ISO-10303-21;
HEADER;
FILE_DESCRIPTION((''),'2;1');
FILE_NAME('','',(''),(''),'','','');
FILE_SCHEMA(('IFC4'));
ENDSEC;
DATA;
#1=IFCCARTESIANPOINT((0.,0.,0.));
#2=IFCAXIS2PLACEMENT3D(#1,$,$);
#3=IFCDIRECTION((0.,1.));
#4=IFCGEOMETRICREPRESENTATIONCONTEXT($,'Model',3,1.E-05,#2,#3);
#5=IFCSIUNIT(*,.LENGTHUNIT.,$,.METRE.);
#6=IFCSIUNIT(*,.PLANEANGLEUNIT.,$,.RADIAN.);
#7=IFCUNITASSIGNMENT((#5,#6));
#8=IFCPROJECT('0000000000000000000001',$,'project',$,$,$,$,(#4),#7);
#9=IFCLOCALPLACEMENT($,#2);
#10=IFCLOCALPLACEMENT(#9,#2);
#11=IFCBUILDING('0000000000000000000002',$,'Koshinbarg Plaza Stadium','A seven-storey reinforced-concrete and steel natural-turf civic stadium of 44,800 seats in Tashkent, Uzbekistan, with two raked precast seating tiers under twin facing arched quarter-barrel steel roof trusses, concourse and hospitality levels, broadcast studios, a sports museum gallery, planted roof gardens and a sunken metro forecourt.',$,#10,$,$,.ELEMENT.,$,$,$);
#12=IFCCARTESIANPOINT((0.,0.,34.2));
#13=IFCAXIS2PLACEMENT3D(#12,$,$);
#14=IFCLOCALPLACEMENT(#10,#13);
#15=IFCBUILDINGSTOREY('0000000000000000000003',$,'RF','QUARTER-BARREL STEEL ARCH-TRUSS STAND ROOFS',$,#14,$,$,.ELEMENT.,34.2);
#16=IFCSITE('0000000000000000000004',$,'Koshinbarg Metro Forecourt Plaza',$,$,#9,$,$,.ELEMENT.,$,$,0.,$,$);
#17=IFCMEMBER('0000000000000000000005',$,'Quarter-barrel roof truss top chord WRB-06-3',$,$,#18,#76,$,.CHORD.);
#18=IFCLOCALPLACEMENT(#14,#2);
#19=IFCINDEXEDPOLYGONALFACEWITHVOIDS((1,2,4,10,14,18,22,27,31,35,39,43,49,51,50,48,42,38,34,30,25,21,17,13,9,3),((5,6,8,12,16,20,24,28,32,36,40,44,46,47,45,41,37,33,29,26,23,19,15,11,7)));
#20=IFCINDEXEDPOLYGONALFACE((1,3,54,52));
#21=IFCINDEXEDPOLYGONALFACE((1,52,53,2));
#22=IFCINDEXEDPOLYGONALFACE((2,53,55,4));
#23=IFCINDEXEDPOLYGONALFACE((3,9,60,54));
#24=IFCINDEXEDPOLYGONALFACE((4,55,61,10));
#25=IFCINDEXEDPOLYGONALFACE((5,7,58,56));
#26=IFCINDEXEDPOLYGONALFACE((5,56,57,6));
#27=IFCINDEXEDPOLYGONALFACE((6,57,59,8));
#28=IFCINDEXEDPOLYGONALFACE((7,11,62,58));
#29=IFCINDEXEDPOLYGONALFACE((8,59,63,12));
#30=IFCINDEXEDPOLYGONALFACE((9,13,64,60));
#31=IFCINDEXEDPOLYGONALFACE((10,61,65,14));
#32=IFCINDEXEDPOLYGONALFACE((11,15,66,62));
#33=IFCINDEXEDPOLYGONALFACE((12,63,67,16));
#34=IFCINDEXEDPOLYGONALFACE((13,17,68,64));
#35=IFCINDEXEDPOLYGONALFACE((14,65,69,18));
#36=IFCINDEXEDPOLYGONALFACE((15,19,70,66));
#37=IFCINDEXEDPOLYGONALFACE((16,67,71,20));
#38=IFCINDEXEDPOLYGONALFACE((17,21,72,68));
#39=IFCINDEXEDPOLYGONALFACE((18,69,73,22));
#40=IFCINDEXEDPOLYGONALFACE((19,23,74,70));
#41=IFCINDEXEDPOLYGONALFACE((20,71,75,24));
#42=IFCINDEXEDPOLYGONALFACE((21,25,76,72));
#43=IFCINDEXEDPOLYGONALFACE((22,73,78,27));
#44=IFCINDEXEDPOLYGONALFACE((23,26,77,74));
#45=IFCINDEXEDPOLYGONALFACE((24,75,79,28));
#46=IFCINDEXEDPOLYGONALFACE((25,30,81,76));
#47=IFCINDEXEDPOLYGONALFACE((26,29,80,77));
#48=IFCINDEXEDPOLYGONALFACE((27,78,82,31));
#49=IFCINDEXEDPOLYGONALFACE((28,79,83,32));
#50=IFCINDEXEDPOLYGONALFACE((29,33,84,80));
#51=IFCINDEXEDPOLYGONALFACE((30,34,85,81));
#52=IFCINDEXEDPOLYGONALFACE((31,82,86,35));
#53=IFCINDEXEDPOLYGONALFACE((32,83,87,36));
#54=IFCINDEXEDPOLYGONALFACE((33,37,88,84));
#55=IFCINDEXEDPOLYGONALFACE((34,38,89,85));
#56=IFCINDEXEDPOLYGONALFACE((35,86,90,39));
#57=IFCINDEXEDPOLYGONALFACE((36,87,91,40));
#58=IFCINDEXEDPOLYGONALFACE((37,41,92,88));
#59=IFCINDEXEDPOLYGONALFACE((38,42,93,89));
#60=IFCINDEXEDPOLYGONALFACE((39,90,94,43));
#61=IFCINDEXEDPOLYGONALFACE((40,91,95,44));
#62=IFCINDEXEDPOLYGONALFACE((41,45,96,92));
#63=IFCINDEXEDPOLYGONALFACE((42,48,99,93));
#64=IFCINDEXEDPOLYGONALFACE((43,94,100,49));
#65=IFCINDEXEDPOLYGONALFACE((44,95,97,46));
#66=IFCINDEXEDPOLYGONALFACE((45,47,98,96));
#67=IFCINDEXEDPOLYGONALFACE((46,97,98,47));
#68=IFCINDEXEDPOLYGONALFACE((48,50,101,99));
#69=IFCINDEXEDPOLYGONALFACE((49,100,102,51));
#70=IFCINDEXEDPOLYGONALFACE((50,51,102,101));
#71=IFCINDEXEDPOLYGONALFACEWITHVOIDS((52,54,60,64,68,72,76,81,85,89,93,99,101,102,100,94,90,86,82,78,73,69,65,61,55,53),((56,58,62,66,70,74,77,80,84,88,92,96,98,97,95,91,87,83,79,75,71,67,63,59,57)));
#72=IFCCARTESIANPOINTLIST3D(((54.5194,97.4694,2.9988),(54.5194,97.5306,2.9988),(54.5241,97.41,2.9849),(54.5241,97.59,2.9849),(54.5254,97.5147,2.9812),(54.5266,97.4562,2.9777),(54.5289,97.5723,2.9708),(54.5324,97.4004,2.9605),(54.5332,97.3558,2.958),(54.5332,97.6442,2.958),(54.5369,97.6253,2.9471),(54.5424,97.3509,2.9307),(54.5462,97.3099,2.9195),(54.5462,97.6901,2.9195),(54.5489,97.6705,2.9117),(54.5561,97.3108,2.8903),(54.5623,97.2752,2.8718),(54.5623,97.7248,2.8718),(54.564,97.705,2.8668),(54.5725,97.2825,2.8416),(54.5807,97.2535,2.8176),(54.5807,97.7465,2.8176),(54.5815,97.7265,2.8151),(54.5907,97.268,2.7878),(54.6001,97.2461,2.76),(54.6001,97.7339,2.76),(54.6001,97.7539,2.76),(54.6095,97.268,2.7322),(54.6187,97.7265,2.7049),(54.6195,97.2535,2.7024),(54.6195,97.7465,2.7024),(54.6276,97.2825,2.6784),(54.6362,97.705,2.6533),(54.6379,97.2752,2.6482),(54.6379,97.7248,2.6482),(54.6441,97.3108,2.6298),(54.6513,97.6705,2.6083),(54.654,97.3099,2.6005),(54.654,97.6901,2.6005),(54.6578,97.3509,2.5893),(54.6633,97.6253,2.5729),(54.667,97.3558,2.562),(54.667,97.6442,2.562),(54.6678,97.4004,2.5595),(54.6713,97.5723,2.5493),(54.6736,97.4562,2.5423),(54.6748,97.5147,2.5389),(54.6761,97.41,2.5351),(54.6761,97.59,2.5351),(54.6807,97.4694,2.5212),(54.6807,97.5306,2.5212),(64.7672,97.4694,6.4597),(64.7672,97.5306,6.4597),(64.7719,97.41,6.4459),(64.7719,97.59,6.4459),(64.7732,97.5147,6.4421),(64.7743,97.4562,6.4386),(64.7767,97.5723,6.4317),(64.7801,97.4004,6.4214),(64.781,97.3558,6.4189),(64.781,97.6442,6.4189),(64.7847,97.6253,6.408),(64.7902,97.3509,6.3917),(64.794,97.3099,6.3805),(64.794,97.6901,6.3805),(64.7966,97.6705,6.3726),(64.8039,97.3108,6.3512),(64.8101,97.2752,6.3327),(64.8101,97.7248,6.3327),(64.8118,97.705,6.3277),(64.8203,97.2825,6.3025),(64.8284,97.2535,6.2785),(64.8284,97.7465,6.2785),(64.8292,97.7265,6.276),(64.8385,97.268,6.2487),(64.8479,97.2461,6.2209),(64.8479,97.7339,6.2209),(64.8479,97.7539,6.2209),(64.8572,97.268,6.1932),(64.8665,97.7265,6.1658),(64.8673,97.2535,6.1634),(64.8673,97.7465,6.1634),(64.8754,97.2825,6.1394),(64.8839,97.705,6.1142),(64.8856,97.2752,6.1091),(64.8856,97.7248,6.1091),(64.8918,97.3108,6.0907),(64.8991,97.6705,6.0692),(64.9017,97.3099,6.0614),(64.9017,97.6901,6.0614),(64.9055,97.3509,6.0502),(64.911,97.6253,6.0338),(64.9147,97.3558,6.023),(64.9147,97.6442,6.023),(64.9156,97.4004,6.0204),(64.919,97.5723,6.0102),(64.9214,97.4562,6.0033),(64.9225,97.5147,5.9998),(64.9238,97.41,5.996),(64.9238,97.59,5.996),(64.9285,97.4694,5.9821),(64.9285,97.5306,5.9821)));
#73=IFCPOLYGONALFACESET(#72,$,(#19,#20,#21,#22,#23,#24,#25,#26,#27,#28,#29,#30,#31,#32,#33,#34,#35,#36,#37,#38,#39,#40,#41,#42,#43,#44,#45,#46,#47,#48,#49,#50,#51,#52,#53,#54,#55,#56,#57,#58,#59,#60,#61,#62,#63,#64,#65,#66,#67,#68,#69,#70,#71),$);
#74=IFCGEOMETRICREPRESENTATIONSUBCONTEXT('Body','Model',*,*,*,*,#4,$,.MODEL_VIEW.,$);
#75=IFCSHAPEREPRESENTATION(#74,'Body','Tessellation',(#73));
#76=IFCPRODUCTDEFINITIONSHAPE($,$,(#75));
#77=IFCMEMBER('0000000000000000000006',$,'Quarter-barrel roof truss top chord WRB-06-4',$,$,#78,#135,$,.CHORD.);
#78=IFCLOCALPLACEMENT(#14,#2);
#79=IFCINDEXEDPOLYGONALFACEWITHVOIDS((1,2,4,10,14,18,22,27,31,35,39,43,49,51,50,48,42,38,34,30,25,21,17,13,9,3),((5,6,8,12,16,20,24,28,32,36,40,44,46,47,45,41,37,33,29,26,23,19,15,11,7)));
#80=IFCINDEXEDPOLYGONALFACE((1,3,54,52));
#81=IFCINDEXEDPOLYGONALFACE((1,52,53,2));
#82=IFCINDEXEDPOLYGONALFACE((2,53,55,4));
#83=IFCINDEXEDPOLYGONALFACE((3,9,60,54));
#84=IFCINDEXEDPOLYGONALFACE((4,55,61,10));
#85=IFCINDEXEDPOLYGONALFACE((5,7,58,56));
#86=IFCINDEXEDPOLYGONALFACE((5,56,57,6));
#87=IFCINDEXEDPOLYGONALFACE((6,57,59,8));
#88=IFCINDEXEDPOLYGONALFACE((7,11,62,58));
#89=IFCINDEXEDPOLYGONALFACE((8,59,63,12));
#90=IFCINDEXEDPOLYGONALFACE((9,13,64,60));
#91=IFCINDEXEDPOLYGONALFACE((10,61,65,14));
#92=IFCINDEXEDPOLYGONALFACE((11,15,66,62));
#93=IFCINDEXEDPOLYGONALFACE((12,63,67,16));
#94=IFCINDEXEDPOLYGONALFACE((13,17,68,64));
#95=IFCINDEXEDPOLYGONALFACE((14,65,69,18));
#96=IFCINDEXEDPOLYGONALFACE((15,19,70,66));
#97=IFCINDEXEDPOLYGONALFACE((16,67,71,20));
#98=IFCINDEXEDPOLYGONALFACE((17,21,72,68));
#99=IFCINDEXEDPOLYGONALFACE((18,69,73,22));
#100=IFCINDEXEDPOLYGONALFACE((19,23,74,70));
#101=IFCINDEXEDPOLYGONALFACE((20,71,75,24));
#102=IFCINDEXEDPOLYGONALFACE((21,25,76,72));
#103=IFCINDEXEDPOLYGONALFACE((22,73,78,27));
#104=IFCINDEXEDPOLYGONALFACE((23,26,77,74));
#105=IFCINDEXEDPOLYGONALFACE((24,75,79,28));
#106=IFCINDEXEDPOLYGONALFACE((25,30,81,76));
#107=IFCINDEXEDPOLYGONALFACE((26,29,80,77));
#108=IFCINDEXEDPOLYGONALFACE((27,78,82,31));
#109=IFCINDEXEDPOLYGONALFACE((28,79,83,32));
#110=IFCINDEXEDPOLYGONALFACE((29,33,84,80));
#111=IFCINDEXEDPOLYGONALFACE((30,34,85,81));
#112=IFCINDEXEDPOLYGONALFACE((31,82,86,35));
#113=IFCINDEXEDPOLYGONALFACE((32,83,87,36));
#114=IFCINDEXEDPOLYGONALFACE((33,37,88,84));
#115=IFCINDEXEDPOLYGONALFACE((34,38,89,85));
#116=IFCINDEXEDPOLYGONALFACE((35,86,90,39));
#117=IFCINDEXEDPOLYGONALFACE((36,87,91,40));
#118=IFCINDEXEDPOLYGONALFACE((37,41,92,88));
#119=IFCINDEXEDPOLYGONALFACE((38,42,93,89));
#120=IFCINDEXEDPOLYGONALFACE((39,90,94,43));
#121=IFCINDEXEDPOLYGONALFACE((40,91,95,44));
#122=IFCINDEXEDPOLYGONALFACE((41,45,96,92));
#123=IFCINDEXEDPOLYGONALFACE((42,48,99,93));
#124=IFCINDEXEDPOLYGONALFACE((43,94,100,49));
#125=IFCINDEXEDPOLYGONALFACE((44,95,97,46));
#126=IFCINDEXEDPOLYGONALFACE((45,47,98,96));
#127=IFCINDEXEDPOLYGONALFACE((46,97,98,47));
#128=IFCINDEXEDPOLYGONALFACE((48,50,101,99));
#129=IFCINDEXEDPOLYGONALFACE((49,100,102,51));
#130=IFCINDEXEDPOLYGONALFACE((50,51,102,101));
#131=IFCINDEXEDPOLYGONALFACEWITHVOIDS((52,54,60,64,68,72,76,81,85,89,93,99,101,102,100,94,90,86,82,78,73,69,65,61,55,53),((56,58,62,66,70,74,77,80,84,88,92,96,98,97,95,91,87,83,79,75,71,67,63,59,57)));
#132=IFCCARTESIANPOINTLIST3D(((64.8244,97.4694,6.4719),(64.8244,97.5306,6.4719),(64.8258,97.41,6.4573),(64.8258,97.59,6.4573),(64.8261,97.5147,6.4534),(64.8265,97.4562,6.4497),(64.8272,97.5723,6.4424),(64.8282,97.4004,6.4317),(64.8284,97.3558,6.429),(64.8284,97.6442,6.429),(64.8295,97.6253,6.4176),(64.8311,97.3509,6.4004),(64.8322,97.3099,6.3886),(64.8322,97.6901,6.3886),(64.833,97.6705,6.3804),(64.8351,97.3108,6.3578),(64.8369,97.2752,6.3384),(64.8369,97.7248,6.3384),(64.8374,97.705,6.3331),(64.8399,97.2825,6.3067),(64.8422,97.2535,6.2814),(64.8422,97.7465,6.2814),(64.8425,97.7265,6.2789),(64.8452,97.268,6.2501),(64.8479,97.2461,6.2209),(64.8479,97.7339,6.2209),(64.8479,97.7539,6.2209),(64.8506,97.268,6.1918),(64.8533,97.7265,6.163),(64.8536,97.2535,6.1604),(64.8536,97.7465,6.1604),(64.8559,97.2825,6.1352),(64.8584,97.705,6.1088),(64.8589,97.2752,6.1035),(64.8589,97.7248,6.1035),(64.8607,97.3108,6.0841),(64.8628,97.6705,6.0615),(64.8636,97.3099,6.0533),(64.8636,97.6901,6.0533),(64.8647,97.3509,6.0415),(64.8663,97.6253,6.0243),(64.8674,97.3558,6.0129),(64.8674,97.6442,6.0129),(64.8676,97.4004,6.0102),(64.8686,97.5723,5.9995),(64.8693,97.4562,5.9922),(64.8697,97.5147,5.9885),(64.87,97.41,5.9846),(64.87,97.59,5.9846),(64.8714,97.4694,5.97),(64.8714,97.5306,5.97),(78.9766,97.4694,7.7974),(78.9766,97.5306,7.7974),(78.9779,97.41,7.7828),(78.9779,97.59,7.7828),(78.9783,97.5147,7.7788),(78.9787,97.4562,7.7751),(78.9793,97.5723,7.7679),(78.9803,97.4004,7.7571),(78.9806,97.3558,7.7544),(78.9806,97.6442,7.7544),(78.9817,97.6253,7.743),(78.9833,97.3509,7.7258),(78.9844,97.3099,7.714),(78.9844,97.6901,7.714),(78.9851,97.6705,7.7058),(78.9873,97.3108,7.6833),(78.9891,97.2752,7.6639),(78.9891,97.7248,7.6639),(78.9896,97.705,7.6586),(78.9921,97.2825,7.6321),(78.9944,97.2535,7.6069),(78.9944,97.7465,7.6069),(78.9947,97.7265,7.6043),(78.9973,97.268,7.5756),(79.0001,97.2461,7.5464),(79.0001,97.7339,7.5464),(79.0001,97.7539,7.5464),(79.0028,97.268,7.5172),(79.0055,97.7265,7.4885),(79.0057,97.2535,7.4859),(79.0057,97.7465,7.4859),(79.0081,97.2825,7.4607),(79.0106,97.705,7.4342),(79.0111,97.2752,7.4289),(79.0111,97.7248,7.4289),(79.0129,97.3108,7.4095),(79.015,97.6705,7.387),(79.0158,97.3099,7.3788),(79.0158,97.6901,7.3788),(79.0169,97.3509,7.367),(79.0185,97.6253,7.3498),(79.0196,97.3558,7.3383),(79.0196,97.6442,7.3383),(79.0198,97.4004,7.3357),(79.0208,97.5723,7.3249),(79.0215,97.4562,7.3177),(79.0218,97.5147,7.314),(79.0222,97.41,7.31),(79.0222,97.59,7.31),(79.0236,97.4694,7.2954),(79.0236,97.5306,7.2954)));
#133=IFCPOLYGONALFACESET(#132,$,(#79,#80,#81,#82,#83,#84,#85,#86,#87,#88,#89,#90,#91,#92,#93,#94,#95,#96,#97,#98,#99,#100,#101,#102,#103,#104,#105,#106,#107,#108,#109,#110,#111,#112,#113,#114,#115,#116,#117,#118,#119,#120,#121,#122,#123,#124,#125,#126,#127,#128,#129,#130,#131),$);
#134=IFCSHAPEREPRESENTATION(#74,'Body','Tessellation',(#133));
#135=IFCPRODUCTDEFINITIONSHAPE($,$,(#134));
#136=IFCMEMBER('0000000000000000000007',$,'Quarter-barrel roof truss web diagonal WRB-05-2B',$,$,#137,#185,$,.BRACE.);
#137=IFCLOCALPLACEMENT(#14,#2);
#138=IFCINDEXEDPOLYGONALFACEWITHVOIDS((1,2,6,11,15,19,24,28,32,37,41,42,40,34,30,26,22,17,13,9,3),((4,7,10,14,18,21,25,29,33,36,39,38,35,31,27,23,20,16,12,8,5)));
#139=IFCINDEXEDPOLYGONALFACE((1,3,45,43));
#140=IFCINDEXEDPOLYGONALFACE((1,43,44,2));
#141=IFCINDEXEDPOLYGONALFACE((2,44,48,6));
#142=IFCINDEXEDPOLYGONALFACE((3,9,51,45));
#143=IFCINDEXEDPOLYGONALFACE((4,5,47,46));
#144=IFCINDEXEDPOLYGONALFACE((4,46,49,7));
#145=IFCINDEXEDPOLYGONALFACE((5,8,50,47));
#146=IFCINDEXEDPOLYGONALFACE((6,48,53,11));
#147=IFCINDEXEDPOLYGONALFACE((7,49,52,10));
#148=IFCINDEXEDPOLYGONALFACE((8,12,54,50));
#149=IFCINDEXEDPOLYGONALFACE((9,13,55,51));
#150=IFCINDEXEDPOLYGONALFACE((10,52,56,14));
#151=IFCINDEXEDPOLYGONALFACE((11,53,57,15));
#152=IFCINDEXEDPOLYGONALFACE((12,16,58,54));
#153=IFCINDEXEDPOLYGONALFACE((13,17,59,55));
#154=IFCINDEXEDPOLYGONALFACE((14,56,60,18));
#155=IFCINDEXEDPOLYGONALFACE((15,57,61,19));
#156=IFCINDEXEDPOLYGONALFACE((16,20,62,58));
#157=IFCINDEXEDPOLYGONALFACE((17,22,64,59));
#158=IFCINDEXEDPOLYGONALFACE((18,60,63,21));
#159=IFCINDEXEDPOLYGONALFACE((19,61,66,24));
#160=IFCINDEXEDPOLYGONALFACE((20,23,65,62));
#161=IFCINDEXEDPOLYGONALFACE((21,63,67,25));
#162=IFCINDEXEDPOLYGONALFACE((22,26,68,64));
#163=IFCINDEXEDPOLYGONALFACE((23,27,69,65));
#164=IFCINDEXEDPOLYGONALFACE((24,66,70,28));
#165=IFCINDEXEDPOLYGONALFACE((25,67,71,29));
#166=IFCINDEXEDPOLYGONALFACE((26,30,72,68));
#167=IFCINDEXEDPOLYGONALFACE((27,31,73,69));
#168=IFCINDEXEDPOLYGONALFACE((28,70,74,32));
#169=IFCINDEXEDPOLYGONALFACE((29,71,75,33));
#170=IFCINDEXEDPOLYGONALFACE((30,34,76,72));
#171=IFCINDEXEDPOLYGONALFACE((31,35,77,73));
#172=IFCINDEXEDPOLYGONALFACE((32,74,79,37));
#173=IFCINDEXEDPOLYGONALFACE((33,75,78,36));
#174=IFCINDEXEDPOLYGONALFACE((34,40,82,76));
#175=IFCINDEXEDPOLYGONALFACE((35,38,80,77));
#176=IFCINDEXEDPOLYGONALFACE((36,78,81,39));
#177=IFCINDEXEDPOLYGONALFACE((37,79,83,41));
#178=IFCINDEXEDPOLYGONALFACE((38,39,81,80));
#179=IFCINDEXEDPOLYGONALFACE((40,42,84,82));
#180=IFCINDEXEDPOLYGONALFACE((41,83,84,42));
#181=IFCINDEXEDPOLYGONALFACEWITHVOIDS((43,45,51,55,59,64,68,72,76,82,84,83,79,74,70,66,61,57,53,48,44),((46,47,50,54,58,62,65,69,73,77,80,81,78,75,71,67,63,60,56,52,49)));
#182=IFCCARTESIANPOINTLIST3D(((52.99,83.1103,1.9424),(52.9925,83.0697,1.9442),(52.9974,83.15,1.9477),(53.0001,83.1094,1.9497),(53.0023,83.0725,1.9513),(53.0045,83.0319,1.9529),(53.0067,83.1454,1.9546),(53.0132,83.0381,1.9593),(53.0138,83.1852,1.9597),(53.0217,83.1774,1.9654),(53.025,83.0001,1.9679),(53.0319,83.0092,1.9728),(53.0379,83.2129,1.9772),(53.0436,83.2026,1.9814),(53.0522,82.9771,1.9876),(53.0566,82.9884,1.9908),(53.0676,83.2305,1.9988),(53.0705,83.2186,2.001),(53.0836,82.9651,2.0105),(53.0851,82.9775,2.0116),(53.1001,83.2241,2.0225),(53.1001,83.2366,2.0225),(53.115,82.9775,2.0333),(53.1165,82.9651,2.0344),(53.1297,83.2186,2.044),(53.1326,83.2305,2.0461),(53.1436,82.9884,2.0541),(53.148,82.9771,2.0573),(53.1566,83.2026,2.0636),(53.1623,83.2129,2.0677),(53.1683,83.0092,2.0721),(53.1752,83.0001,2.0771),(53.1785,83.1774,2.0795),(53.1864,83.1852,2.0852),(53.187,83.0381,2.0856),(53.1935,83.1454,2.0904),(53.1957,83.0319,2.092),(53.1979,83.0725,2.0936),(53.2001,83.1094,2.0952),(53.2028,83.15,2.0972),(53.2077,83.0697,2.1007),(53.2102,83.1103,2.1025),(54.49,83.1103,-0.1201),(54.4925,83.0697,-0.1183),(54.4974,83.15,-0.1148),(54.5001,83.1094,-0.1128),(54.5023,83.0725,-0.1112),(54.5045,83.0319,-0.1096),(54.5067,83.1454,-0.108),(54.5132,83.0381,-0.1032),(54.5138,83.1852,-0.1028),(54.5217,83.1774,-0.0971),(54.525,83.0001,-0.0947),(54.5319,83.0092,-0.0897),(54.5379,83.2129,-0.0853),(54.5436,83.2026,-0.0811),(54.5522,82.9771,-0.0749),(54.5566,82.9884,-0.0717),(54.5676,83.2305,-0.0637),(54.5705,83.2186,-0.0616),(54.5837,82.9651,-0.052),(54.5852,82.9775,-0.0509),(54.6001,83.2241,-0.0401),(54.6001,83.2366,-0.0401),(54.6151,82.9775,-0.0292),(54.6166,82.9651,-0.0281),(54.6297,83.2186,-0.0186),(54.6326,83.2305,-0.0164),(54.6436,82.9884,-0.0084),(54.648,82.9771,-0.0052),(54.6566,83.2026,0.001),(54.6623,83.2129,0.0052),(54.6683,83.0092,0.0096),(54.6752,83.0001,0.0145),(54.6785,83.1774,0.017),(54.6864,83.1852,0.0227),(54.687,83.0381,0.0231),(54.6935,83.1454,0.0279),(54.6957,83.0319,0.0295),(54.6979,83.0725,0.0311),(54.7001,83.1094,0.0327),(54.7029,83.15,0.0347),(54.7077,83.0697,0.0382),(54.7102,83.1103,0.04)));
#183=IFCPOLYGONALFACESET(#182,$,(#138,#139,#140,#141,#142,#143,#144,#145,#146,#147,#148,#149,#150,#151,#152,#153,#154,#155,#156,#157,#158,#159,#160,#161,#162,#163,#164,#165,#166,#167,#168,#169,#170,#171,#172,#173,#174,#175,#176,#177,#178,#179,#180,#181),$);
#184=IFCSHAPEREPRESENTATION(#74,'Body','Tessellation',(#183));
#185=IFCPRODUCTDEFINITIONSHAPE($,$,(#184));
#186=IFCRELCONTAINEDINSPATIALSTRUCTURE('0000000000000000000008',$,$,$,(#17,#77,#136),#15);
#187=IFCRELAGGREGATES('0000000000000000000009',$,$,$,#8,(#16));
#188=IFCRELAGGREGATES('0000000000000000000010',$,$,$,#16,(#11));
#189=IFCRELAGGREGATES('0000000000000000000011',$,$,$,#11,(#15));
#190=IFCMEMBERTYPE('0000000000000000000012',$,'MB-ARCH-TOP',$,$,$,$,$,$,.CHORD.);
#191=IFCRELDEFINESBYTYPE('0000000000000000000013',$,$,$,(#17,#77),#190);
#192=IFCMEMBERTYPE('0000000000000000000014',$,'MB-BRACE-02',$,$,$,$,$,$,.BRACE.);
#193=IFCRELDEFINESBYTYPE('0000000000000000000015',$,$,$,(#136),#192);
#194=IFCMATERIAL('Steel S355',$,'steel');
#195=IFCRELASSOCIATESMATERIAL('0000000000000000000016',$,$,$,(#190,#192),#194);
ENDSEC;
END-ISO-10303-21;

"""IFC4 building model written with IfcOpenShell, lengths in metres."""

from ifc_helpers import new_model, si_unit, direction, frame, origin, origin_2d, place, context, subcontext, project, spatial, hollow_circle, extrude, material, material_profile, profile_set, type_object, element, save


model = new_model("IFC4")

# Units and contexts
model_context = context("Model", 3, precision=1e-05, world=origin(), true_north=direction((0.0, 1.0)))
body_context = subcontext(model_context, "Body", "Model", "MODEL_VIEW")
ifc_project = project(units=[si_unit("LENGTHUNIT", "METRE"), si_unit("PLANEANGLEUNIT", "RADIAN")], contexts=[model_context])

# Site, building, storey
site_placement = place(None, origin())
site = spatial("IfcSite", under=ifc_project, at=site_placement, Name="Koshinbarg Metro Forecourt Plaza", CompositionType="ELEMENT", RefElevation=0.0)
building_placement = place(site_placement, origin())
building = spatial("IfcBuilding", under=site, at=building_placement, Name="Koshinbarg Plaza Stadium", Description="A seven-storey reinforced-concrete and steel natural-turf civic stadium of 44,800 seats in Tashkent, Uzbekistan, with two raked precast seating tiers under twin facing arched quarter-barrel steel roof trusses, concourse and hospitality levels, broadcast studios, a sports museum gallery, planted roof gardens and a sunken metro forecourt.", CompositionType="ELEMENT")
storey_placement = place(building_placement, frame((0.0, 0.0, 34.2)))
storey = spatial("IfcBuildingStorey", under=building, at=storey_placement, Name="RF", Description="QUARTER-BARREL STEEL ARCH-TRUSS STAND ROOFS", CompositionType="ELEMENT", Elevation=34.2)

# Members
ifc_material_1 = material(Name="Steel S355", Category="steel")
ifc_material_profile_1 = material_profile(ifc_material_1, hollow_circle(Radius=0.2539, WallThickness=0.02, at=origin_2d()), Name="CHS 508x20")
ifc_profile_set_1 = profile_set([ifc_material_profile_1], Name="Steel S355")
member_type_1 = type_object("IfcMemberType", Name="MB-ARCH-TOP", PredefinedType="CHORD", material=ifc_profile_set_1)
member_1_placement = place(storey_placement, frame((54.6001, 97.5, 2.76), z_axis=(0.947428, 0.0, 0.31997), x_axis=(0.0, 1.0, 0.0)))
element("IfcMember", 1, at=member_1_placement, inside=storey, type_object=member_type_1, Name="Quarter-barrel roof truss top chord WRB-06-3", PredefinedType="CHORD", context=body_context, shape_type="SweptSolid", body=[
    extrude(hollow_circle(Radius=0.2539, WallThickness=0.02, at=origin_2d()), origin(), (0.0, 0.0, 1.0), 10.8164),
])
member_2_placement = place(storey_placement, frame((64.8479, 97.5, 6.2209), z_axis=(0.995643, 0.0, 0.093249), x_axis=(0.0, 1.0, 0.0)))
element("IfcMember", 2, at=member_2_placement, inside=storey, type_object=member_type_1, Name="Quarter-barrel roof truss top chord WRB-06-4", PredefinedType="CHORD", context=body_context, shape_type="SweptSolid", body=[
    extrude(hollow_circle(Radius=0.2539, WallThickness=0.02, at=origin_2d()), origin(), (0.0, 0.0, 1.0), 14.2141),
])
ifc_material_profile_2 = material_profile(ifc_material_1, hollow_circle(Radius=0.1365, WallThickness=0.0125, at=origin_2d()), Name="CHS 273x12.5")
ifc_profile_set_2 = profile_set([ifc_material_profile_2], Name="Steel S355")
member_type_2 = type_object("IfcMemberType", Name="MB-BRACE-02", PredefinedType="BRACE", material=ifc_profile_set_2)
member_3_placement = place(storey_placement, frame((53.1001, 83.1001, 2.0225), z_axis=(0.588172, 0.0, -0.808736), x_axis=(0.0, 1.0, 0.0)))
element("IfcMember", 3, at=member_3_placement, inside=storey, type_object=member_type_2, Name="Quarter-barrel roof truss web diagonal WRB-05-2B", PredefinedType="BRACE", context=body_context, shape_type="SweptSolid", body=[
    extrude(hollow_circle(Radius=0.1365, WallThickness=0.0125, at=origin_2d()), origin(), (0.0, 0.0, 1.0), 2.5503),
])

save(model, "model.ifc")
